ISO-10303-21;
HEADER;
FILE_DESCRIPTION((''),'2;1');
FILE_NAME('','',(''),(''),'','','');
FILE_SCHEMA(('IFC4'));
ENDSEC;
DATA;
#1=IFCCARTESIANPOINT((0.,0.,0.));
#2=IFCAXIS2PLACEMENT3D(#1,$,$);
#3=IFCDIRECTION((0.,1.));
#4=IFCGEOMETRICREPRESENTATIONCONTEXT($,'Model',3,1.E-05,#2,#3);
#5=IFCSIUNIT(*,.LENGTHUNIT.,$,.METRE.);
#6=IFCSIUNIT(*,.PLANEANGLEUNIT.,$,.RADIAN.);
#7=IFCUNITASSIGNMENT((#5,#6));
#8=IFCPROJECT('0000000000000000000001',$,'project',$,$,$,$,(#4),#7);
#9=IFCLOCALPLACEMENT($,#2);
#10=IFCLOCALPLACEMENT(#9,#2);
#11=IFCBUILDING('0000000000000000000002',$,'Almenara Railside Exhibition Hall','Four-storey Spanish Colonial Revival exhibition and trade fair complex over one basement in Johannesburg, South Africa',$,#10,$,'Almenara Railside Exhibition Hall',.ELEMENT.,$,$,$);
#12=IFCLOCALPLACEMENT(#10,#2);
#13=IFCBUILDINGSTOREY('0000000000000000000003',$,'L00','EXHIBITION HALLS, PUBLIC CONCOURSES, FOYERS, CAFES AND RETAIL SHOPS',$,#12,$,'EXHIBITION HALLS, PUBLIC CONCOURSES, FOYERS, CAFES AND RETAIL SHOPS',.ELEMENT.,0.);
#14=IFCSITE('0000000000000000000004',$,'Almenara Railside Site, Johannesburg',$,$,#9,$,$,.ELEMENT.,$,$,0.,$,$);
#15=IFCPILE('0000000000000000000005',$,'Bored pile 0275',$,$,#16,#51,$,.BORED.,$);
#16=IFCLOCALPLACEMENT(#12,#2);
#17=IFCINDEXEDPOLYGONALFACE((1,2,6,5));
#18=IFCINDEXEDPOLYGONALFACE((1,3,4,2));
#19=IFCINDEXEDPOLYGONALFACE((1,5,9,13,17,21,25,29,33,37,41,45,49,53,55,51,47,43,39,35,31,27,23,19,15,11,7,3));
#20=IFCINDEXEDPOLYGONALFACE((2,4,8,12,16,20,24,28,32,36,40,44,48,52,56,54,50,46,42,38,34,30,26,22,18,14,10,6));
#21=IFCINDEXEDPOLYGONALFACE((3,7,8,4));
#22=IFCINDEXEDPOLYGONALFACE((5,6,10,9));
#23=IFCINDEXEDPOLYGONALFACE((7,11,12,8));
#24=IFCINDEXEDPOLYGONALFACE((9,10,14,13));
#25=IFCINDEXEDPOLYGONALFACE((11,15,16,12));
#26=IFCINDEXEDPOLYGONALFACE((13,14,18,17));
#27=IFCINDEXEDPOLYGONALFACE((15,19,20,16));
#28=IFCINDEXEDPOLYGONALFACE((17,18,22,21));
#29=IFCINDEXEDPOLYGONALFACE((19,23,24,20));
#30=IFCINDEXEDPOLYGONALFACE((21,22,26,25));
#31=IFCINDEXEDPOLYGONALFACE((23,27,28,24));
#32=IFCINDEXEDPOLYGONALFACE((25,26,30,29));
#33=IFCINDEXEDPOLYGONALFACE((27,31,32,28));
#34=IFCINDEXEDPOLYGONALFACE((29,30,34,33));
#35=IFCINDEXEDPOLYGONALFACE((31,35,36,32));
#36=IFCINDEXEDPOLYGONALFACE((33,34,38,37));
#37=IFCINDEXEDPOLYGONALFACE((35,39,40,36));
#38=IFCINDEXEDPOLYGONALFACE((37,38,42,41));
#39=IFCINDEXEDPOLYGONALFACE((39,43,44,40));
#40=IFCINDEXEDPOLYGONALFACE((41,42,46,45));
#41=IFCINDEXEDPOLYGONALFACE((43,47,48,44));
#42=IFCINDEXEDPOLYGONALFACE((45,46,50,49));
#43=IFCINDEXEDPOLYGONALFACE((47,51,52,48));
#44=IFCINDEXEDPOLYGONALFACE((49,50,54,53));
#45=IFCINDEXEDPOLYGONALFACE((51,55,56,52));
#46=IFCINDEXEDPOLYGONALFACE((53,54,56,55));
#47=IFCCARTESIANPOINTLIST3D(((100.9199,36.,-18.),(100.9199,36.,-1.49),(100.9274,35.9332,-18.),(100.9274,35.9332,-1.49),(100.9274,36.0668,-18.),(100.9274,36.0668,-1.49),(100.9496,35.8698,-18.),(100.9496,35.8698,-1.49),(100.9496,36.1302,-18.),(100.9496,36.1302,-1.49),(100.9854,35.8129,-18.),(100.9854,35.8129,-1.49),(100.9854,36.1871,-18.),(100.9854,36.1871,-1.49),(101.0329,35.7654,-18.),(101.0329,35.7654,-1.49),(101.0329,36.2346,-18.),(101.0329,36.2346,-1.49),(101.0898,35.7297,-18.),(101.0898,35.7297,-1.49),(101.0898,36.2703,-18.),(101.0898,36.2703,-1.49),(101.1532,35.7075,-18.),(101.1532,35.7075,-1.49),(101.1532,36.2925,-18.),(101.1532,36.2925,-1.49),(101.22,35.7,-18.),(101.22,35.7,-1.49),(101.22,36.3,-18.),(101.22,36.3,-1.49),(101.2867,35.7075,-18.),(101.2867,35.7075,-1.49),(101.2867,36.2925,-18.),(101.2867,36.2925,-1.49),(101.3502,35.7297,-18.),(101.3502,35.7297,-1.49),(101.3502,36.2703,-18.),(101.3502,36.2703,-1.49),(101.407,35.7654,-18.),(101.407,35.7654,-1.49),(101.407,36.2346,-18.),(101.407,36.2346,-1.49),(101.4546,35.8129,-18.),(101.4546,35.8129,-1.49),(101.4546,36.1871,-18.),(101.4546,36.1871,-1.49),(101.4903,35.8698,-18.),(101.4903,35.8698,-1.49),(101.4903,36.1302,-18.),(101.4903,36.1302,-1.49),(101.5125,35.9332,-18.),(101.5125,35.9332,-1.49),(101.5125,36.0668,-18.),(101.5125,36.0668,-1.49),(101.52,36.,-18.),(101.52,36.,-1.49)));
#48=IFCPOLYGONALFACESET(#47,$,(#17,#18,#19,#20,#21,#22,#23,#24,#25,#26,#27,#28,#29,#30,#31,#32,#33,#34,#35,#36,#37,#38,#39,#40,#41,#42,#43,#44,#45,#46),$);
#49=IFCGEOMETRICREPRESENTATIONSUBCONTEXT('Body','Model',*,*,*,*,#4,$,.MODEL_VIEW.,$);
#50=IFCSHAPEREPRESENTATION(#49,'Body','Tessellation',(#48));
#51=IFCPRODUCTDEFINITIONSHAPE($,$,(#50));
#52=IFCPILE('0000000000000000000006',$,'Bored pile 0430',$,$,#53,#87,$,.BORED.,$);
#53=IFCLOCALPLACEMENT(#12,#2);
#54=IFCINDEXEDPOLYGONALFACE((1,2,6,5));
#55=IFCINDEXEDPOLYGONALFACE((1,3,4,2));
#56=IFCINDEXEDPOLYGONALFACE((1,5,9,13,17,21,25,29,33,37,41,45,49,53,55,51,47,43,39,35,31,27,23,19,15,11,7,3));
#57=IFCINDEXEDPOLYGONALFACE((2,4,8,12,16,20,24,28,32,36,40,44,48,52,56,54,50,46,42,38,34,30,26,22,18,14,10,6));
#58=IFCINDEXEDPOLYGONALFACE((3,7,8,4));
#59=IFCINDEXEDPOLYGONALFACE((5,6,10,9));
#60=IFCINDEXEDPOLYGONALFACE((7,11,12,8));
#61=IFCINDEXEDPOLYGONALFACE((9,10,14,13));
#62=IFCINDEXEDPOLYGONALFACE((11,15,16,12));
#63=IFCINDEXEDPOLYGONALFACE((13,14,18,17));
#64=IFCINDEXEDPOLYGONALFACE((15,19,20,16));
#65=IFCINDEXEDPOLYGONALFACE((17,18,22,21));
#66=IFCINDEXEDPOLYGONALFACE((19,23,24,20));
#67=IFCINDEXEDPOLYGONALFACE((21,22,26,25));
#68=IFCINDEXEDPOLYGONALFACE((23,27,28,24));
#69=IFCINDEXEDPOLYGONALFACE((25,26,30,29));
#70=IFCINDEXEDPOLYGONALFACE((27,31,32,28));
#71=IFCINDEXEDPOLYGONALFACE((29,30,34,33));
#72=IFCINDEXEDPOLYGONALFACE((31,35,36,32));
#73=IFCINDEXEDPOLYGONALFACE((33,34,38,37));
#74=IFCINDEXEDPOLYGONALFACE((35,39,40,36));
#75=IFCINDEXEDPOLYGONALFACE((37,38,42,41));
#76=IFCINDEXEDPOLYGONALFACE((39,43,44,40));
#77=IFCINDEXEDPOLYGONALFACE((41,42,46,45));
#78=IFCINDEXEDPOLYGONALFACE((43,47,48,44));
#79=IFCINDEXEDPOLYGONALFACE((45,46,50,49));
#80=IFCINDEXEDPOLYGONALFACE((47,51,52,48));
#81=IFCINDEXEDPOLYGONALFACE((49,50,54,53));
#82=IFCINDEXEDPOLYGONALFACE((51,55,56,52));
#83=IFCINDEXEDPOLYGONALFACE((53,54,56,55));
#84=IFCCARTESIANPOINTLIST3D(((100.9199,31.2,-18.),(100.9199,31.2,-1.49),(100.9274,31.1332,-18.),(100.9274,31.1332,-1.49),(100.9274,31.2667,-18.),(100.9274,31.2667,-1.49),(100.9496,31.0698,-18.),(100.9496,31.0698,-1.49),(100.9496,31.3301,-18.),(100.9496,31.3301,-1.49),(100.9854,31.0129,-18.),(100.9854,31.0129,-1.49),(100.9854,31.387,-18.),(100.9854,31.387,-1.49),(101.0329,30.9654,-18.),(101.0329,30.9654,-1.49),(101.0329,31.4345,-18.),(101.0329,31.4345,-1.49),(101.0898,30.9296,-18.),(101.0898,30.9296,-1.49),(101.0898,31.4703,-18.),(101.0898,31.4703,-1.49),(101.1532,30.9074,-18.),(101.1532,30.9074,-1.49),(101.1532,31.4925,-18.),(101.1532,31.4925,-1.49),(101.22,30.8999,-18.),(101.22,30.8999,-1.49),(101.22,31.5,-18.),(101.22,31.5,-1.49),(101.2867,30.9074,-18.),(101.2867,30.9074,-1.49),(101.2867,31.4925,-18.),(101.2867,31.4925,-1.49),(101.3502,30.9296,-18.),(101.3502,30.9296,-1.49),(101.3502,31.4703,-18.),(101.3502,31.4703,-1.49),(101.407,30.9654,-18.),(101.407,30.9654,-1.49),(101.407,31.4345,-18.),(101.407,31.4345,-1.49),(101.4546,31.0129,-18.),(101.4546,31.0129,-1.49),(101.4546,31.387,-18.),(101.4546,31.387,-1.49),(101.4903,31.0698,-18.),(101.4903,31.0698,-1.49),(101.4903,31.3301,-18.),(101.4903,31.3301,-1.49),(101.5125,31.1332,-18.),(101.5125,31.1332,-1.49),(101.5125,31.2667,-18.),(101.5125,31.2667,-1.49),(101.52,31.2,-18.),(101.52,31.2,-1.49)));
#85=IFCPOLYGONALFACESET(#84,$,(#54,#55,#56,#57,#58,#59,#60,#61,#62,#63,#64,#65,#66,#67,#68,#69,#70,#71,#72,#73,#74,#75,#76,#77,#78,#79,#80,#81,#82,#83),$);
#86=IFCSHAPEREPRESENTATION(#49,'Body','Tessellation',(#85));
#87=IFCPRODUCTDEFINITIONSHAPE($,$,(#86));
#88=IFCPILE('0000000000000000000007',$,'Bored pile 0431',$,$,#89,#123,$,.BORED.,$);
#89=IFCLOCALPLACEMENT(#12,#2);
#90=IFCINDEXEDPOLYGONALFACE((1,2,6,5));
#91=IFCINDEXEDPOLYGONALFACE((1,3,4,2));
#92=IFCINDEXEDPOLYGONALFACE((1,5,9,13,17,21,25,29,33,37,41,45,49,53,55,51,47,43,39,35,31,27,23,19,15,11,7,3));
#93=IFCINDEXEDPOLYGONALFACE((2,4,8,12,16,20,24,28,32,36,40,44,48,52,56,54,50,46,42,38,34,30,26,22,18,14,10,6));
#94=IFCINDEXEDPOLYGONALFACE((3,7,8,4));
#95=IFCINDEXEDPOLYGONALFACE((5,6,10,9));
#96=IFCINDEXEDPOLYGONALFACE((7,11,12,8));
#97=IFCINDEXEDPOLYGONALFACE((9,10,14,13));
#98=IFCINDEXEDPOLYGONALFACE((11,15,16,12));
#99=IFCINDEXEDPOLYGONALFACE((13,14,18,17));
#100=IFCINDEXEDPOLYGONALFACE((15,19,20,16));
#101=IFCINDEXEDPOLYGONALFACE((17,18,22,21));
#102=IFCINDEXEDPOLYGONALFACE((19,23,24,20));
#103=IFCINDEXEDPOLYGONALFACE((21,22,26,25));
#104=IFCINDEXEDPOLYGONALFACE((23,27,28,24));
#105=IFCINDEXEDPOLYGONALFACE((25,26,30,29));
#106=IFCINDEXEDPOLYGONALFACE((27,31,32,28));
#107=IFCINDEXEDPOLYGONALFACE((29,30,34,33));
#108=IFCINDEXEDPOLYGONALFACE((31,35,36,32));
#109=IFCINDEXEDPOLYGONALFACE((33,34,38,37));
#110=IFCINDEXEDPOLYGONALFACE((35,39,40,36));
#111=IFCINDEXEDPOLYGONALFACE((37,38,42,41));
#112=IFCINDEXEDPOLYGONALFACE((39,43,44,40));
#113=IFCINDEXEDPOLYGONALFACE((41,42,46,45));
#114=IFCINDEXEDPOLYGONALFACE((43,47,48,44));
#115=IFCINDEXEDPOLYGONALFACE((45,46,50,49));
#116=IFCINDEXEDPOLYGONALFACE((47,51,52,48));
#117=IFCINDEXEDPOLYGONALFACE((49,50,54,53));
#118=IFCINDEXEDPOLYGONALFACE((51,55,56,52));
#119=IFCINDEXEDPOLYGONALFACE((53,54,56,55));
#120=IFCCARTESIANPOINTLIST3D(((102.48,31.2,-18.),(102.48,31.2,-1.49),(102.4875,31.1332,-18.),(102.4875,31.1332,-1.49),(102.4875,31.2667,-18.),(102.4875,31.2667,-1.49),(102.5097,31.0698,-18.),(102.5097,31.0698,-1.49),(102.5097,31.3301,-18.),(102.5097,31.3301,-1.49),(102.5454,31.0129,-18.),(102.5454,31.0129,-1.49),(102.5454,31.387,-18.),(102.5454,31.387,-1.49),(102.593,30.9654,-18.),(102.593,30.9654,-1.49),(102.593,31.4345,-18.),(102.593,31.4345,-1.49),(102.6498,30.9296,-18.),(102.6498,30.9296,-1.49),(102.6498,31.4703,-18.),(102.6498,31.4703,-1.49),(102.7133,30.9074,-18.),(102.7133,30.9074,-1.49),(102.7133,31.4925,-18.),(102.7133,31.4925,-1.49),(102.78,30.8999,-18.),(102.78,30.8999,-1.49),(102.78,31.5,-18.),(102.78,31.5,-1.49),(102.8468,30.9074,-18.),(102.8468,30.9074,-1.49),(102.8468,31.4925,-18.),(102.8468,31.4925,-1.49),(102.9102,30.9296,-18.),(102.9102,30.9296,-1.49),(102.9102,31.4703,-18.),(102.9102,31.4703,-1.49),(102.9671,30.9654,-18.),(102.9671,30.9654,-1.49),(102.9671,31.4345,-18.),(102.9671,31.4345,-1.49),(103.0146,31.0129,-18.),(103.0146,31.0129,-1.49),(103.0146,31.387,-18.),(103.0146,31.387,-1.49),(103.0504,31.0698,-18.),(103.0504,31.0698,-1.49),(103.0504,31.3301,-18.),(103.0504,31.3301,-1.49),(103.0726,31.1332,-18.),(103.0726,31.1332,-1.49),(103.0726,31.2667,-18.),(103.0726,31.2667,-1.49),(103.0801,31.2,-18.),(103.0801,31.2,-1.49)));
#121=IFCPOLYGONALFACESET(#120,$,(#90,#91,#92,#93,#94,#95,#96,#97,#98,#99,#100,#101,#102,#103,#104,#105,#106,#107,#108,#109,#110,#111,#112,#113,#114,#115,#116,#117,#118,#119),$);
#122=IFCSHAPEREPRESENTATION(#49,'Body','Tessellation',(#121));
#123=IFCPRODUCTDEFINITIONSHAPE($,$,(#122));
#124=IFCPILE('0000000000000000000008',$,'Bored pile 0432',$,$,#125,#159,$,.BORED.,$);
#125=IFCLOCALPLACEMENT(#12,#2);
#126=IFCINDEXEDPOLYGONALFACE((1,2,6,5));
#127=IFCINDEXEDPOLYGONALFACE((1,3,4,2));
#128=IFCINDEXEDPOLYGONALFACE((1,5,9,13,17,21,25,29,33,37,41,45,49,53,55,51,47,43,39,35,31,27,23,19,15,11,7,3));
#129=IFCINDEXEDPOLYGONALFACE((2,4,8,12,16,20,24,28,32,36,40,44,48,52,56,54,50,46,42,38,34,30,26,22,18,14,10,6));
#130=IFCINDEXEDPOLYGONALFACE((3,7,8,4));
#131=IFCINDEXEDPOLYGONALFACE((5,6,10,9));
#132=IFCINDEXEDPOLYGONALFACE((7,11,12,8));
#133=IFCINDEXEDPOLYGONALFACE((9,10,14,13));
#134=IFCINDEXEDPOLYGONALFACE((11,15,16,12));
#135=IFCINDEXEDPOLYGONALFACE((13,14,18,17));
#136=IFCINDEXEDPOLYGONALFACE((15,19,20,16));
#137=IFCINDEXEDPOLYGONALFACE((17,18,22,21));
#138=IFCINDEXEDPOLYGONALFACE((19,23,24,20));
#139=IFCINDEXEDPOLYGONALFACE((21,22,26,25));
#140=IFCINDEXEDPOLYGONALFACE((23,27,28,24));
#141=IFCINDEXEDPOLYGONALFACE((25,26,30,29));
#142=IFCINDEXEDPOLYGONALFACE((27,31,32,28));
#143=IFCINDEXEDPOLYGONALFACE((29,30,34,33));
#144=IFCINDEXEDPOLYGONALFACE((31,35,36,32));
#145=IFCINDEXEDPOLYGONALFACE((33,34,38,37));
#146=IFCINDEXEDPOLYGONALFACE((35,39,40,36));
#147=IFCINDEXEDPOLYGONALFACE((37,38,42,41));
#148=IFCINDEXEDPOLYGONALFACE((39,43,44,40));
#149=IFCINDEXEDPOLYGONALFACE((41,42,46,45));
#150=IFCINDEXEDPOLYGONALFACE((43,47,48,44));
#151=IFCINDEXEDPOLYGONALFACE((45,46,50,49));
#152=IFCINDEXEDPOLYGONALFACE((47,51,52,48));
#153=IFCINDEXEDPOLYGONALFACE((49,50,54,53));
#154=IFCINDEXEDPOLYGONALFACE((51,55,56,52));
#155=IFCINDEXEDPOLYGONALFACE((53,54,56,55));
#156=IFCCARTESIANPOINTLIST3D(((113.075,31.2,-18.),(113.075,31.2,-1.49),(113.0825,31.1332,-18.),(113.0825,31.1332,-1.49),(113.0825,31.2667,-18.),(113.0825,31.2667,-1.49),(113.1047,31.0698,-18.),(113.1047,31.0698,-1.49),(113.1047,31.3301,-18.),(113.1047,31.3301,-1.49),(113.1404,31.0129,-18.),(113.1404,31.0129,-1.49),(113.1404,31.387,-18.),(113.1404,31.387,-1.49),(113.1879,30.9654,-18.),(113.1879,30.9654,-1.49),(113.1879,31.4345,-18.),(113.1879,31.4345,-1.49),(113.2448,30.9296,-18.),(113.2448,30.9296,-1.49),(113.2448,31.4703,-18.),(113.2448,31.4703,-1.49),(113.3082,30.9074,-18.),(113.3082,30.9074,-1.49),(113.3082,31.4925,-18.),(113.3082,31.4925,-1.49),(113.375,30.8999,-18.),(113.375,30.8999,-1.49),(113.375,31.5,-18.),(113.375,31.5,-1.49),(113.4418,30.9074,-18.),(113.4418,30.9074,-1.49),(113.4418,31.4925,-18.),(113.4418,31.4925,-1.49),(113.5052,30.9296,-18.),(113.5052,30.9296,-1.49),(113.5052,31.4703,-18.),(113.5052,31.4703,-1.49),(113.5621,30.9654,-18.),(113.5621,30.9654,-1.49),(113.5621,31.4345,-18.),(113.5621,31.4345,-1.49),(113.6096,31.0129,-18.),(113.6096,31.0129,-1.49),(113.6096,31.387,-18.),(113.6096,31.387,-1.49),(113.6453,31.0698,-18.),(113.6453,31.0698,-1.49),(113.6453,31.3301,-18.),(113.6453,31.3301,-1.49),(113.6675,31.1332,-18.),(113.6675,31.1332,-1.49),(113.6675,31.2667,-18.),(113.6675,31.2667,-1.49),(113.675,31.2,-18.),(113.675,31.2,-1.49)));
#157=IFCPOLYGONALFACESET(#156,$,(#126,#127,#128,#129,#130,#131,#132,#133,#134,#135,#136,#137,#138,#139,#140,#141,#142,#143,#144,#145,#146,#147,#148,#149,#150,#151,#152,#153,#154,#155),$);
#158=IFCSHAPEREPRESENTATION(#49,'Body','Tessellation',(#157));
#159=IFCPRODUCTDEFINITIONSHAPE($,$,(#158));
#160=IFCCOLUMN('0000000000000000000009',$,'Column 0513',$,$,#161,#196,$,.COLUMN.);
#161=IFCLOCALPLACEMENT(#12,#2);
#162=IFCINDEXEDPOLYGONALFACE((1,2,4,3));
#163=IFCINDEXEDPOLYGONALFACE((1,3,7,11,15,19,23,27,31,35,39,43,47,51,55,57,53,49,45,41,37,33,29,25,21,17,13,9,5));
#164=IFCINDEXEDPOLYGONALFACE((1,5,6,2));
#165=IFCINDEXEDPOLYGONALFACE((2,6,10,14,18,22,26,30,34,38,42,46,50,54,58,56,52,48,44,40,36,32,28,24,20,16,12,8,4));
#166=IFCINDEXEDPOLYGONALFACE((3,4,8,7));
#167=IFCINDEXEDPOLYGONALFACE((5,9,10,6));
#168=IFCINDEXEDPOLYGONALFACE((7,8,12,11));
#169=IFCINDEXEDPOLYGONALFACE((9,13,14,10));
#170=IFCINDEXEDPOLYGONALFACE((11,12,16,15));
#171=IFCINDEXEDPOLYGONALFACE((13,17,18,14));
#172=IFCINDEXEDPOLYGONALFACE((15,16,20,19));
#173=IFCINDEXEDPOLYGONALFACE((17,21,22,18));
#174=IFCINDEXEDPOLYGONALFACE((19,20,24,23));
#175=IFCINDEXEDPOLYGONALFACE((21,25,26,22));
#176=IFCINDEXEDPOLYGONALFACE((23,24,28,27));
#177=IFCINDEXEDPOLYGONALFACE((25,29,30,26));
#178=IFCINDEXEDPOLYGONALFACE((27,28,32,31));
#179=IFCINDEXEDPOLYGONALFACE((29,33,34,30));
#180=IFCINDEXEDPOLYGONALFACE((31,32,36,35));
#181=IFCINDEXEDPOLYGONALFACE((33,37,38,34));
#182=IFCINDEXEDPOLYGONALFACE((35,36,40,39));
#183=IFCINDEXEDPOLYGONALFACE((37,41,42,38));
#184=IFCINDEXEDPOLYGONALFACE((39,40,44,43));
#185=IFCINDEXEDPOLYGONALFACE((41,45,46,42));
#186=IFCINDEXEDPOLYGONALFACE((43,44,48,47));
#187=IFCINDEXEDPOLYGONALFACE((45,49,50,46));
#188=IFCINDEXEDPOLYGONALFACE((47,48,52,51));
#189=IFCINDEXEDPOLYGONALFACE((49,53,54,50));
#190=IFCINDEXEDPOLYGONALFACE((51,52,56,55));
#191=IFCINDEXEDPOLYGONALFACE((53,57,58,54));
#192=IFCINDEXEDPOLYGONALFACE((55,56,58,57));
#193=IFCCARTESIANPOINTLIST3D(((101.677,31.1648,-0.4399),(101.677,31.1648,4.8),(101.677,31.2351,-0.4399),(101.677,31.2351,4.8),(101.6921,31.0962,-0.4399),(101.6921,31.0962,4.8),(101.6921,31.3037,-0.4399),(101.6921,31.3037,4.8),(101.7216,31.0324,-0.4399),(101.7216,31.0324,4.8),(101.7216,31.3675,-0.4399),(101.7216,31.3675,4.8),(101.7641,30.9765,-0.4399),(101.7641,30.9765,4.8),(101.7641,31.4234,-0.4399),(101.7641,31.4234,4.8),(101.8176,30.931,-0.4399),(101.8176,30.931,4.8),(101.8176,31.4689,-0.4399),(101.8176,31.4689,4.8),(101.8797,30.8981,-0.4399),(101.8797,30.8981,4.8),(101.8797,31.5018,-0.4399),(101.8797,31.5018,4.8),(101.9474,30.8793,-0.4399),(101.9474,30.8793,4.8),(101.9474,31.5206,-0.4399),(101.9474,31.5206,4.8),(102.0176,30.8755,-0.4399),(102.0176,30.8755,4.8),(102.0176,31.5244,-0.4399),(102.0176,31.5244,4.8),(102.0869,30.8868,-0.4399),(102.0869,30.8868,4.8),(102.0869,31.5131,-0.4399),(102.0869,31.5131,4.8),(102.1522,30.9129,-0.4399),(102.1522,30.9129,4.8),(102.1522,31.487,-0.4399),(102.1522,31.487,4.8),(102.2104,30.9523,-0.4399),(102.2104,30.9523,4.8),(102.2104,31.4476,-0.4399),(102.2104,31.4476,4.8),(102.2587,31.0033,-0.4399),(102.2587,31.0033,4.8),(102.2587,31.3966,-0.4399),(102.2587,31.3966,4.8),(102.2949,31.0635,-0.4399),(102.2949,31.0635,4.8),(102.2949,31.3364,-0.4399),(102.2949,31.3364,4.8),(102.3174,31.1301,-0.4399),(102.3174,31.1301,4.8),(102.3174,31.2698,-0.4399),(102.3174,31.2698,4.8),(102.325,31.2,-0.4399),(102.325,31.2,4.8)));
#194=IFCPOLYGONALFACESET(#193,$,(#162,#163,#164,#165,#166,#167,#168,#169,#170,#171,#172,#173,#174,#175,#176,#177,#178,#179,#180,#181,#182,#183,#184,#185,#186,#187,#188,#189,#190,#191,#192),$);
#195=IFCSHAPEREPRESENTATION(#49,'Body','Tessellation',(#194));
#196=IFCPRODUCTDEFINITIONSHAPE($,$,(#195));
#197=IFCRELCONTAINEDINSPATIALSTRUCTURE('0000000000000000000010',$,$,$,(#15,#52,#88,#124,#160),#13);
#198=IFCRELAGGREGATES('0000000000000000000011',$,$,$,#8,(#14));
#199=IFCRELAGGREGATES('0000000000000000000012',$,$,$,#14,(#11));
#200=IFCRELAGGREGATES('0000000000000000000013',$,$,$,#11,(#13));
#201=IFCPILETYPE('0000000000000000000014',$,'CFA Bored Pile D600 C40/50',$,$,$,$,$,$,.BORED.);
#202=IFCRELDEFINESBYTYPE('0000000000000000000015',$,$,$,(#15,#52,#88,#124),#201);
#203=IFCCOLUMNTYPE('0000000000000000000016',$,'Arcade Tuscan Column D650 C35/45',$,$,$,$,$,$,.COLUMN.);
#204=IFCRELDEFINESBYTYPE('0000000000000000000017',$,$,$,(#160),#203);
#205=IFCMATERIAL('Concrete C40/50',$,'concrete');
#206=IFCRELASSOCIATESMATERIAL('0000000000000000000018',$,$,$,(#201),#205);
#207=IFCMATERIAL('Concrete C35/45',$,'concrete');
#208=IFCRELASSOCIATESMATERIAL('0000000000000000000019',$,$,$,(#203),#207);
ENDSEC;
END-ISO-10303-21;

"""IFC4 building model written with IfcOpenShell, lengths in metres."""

from ifc_helpers import new_model, si_unit, direction, frame, origin, origin_2d, place, context, subcontext, project, spatial, circle, extrude, material, material_profile, profile_set, type_object, element, save


model = new_model("IFC4")

# Units and contexts
model_context = context("Model", 3, precision=1e-05, world=origin(), true_north=direction((0.0, 1.0)))
body_context = subcontext(model_context, "Body", "Model", "MODEL_VIEW")
ifc_project = project(units=[si_unit("LENGTHUNIT", "METRE"), si_unit("PLANEANGLEUNIT", "RADIAN")], contexts=[model_context])

# Site, building, storey
site_placement = place(None, origin())
site = spatial("IfcSite", under=ifc_project, at=site_placement, Name="Almenara Railside Site, Johannesburg", CompositionType="ELEMENT", RefElevation=0.0)
building_placement = place(site_placement, origin())
building = spatial("IfcBuilding", under=site, at=building_placement, Name="Almenara Railside Exhibition Hall", Description="Four-storey Spanish Colonial Revival exhibition and trade fair complex over one basement in Johannesburg, South Africa", LongName="Almenara Railside Exhibition Hall", CompositionType="ELEMENT")
storey_placement = place(building_placement, origin())
storey = spatial("IfcBuildingStorey", under=building, at=storey_placement, Name="L00", Description="EXHIBITION HALLS, PUBLIC CONCOURSES, FOYERS, CAFES AND RETAIL SHOPS", LongName="EXHIBITION HALLS, PUBLIC CONCOURSES, FOYERS, CAFES AND RETAIL SHOPS", CompositionType="ELEMENT", Elevation=0.0)

# Piles
ifc_material_1 = material(Name="Concrete C40/50", Category="concrete")
ifc_material_profile_1 = material_profile(ifc_material_1, circle(Radius=0.3, at=origin_2d()), Name="CFA-PILE D600")
ifc_profile_set_1 = profile_set([ifc_material_profile_1], Name="Concrete C40/50")
pile_type = type_object("IfcPileType", Name="CFA Bored Pile D600 C40/50", PredefinedType="BORED", material=ifc_profile_set_1)
for number, where, z_axis, x_axis, name in (
    (1, (101.22, 36.0, -1.49), (0.0, 0.0, -1.0), (1.0, 0.0, 0.0), "Bored pile 0275"),
    (2, (101.22, 31.2, -1.49), (0.0, 0.0, -1.0), (1.0, 0.0, 0.0), "Bored pile 0430"),
    (3, (102.78, 31.2, -1.49), (0.0, 0.0, -1.0), (1.0, 0.0, 0.0), "Bored pile 0431"),
    (4, (113.375, 31.2, -1.49), (0.0, 0.0, -1.0), (1.0, 0.0, 0.0), "Bored pile 0432"),
):
    element("IfcPile", number, at=place(storey_placement, frame(where, z_axis=z_axis, x_axis=x_axis)), inside=storey, type_object=pile_type, Name=name, PredefinedType="BORED", context=body_context, shape_type="SweptSolid", body=[
        extrude(circle(Radius=0.3, at=origin_2d()), origin(), (0.0, 0.0, 1.0), 16.51),
    ])

# Column
ifc_material_2 = material(Name="Concrete C35/45", Category="concrete")
ifc_material_profile_2 = material_profile(ifc_material_2, circle(Radius=0.325, at=origin_2d()), Name="RC-COL D650")
ifc_profile_set_2 = profile_set([ifc_material_profile_2], Name="Concrete C35/45")
column_type_1 = type_object("IfcColumnType", Name="Arcade Tuscan Column D650 C35/45", PredefinedType="COLUMN", material=ifc_profile_set_2)
for number, where, z_axis, x_axis, name in (
    (5, (102.0, 31.2, -0.4399), (0.0, 0.0, 1.0), (1.0, 0.0, 0.0), "Column 0513"),
):
    element("IfcColumn", number, at=place(storey_placement, frame(where, z_axis=z_axis, x_axis=x_axis)), inside=storey, type_object=column_type_1, Name=name, PredefinedType="COLUMN", context=body_context, shape_type="SweptSolid", body=[
        extrude(circle(Radius=0.325, at=origin_2d()), origin(), (0.0, 0.0, 1.0), 5.24),
    ])

save(model, "model.ifc")
